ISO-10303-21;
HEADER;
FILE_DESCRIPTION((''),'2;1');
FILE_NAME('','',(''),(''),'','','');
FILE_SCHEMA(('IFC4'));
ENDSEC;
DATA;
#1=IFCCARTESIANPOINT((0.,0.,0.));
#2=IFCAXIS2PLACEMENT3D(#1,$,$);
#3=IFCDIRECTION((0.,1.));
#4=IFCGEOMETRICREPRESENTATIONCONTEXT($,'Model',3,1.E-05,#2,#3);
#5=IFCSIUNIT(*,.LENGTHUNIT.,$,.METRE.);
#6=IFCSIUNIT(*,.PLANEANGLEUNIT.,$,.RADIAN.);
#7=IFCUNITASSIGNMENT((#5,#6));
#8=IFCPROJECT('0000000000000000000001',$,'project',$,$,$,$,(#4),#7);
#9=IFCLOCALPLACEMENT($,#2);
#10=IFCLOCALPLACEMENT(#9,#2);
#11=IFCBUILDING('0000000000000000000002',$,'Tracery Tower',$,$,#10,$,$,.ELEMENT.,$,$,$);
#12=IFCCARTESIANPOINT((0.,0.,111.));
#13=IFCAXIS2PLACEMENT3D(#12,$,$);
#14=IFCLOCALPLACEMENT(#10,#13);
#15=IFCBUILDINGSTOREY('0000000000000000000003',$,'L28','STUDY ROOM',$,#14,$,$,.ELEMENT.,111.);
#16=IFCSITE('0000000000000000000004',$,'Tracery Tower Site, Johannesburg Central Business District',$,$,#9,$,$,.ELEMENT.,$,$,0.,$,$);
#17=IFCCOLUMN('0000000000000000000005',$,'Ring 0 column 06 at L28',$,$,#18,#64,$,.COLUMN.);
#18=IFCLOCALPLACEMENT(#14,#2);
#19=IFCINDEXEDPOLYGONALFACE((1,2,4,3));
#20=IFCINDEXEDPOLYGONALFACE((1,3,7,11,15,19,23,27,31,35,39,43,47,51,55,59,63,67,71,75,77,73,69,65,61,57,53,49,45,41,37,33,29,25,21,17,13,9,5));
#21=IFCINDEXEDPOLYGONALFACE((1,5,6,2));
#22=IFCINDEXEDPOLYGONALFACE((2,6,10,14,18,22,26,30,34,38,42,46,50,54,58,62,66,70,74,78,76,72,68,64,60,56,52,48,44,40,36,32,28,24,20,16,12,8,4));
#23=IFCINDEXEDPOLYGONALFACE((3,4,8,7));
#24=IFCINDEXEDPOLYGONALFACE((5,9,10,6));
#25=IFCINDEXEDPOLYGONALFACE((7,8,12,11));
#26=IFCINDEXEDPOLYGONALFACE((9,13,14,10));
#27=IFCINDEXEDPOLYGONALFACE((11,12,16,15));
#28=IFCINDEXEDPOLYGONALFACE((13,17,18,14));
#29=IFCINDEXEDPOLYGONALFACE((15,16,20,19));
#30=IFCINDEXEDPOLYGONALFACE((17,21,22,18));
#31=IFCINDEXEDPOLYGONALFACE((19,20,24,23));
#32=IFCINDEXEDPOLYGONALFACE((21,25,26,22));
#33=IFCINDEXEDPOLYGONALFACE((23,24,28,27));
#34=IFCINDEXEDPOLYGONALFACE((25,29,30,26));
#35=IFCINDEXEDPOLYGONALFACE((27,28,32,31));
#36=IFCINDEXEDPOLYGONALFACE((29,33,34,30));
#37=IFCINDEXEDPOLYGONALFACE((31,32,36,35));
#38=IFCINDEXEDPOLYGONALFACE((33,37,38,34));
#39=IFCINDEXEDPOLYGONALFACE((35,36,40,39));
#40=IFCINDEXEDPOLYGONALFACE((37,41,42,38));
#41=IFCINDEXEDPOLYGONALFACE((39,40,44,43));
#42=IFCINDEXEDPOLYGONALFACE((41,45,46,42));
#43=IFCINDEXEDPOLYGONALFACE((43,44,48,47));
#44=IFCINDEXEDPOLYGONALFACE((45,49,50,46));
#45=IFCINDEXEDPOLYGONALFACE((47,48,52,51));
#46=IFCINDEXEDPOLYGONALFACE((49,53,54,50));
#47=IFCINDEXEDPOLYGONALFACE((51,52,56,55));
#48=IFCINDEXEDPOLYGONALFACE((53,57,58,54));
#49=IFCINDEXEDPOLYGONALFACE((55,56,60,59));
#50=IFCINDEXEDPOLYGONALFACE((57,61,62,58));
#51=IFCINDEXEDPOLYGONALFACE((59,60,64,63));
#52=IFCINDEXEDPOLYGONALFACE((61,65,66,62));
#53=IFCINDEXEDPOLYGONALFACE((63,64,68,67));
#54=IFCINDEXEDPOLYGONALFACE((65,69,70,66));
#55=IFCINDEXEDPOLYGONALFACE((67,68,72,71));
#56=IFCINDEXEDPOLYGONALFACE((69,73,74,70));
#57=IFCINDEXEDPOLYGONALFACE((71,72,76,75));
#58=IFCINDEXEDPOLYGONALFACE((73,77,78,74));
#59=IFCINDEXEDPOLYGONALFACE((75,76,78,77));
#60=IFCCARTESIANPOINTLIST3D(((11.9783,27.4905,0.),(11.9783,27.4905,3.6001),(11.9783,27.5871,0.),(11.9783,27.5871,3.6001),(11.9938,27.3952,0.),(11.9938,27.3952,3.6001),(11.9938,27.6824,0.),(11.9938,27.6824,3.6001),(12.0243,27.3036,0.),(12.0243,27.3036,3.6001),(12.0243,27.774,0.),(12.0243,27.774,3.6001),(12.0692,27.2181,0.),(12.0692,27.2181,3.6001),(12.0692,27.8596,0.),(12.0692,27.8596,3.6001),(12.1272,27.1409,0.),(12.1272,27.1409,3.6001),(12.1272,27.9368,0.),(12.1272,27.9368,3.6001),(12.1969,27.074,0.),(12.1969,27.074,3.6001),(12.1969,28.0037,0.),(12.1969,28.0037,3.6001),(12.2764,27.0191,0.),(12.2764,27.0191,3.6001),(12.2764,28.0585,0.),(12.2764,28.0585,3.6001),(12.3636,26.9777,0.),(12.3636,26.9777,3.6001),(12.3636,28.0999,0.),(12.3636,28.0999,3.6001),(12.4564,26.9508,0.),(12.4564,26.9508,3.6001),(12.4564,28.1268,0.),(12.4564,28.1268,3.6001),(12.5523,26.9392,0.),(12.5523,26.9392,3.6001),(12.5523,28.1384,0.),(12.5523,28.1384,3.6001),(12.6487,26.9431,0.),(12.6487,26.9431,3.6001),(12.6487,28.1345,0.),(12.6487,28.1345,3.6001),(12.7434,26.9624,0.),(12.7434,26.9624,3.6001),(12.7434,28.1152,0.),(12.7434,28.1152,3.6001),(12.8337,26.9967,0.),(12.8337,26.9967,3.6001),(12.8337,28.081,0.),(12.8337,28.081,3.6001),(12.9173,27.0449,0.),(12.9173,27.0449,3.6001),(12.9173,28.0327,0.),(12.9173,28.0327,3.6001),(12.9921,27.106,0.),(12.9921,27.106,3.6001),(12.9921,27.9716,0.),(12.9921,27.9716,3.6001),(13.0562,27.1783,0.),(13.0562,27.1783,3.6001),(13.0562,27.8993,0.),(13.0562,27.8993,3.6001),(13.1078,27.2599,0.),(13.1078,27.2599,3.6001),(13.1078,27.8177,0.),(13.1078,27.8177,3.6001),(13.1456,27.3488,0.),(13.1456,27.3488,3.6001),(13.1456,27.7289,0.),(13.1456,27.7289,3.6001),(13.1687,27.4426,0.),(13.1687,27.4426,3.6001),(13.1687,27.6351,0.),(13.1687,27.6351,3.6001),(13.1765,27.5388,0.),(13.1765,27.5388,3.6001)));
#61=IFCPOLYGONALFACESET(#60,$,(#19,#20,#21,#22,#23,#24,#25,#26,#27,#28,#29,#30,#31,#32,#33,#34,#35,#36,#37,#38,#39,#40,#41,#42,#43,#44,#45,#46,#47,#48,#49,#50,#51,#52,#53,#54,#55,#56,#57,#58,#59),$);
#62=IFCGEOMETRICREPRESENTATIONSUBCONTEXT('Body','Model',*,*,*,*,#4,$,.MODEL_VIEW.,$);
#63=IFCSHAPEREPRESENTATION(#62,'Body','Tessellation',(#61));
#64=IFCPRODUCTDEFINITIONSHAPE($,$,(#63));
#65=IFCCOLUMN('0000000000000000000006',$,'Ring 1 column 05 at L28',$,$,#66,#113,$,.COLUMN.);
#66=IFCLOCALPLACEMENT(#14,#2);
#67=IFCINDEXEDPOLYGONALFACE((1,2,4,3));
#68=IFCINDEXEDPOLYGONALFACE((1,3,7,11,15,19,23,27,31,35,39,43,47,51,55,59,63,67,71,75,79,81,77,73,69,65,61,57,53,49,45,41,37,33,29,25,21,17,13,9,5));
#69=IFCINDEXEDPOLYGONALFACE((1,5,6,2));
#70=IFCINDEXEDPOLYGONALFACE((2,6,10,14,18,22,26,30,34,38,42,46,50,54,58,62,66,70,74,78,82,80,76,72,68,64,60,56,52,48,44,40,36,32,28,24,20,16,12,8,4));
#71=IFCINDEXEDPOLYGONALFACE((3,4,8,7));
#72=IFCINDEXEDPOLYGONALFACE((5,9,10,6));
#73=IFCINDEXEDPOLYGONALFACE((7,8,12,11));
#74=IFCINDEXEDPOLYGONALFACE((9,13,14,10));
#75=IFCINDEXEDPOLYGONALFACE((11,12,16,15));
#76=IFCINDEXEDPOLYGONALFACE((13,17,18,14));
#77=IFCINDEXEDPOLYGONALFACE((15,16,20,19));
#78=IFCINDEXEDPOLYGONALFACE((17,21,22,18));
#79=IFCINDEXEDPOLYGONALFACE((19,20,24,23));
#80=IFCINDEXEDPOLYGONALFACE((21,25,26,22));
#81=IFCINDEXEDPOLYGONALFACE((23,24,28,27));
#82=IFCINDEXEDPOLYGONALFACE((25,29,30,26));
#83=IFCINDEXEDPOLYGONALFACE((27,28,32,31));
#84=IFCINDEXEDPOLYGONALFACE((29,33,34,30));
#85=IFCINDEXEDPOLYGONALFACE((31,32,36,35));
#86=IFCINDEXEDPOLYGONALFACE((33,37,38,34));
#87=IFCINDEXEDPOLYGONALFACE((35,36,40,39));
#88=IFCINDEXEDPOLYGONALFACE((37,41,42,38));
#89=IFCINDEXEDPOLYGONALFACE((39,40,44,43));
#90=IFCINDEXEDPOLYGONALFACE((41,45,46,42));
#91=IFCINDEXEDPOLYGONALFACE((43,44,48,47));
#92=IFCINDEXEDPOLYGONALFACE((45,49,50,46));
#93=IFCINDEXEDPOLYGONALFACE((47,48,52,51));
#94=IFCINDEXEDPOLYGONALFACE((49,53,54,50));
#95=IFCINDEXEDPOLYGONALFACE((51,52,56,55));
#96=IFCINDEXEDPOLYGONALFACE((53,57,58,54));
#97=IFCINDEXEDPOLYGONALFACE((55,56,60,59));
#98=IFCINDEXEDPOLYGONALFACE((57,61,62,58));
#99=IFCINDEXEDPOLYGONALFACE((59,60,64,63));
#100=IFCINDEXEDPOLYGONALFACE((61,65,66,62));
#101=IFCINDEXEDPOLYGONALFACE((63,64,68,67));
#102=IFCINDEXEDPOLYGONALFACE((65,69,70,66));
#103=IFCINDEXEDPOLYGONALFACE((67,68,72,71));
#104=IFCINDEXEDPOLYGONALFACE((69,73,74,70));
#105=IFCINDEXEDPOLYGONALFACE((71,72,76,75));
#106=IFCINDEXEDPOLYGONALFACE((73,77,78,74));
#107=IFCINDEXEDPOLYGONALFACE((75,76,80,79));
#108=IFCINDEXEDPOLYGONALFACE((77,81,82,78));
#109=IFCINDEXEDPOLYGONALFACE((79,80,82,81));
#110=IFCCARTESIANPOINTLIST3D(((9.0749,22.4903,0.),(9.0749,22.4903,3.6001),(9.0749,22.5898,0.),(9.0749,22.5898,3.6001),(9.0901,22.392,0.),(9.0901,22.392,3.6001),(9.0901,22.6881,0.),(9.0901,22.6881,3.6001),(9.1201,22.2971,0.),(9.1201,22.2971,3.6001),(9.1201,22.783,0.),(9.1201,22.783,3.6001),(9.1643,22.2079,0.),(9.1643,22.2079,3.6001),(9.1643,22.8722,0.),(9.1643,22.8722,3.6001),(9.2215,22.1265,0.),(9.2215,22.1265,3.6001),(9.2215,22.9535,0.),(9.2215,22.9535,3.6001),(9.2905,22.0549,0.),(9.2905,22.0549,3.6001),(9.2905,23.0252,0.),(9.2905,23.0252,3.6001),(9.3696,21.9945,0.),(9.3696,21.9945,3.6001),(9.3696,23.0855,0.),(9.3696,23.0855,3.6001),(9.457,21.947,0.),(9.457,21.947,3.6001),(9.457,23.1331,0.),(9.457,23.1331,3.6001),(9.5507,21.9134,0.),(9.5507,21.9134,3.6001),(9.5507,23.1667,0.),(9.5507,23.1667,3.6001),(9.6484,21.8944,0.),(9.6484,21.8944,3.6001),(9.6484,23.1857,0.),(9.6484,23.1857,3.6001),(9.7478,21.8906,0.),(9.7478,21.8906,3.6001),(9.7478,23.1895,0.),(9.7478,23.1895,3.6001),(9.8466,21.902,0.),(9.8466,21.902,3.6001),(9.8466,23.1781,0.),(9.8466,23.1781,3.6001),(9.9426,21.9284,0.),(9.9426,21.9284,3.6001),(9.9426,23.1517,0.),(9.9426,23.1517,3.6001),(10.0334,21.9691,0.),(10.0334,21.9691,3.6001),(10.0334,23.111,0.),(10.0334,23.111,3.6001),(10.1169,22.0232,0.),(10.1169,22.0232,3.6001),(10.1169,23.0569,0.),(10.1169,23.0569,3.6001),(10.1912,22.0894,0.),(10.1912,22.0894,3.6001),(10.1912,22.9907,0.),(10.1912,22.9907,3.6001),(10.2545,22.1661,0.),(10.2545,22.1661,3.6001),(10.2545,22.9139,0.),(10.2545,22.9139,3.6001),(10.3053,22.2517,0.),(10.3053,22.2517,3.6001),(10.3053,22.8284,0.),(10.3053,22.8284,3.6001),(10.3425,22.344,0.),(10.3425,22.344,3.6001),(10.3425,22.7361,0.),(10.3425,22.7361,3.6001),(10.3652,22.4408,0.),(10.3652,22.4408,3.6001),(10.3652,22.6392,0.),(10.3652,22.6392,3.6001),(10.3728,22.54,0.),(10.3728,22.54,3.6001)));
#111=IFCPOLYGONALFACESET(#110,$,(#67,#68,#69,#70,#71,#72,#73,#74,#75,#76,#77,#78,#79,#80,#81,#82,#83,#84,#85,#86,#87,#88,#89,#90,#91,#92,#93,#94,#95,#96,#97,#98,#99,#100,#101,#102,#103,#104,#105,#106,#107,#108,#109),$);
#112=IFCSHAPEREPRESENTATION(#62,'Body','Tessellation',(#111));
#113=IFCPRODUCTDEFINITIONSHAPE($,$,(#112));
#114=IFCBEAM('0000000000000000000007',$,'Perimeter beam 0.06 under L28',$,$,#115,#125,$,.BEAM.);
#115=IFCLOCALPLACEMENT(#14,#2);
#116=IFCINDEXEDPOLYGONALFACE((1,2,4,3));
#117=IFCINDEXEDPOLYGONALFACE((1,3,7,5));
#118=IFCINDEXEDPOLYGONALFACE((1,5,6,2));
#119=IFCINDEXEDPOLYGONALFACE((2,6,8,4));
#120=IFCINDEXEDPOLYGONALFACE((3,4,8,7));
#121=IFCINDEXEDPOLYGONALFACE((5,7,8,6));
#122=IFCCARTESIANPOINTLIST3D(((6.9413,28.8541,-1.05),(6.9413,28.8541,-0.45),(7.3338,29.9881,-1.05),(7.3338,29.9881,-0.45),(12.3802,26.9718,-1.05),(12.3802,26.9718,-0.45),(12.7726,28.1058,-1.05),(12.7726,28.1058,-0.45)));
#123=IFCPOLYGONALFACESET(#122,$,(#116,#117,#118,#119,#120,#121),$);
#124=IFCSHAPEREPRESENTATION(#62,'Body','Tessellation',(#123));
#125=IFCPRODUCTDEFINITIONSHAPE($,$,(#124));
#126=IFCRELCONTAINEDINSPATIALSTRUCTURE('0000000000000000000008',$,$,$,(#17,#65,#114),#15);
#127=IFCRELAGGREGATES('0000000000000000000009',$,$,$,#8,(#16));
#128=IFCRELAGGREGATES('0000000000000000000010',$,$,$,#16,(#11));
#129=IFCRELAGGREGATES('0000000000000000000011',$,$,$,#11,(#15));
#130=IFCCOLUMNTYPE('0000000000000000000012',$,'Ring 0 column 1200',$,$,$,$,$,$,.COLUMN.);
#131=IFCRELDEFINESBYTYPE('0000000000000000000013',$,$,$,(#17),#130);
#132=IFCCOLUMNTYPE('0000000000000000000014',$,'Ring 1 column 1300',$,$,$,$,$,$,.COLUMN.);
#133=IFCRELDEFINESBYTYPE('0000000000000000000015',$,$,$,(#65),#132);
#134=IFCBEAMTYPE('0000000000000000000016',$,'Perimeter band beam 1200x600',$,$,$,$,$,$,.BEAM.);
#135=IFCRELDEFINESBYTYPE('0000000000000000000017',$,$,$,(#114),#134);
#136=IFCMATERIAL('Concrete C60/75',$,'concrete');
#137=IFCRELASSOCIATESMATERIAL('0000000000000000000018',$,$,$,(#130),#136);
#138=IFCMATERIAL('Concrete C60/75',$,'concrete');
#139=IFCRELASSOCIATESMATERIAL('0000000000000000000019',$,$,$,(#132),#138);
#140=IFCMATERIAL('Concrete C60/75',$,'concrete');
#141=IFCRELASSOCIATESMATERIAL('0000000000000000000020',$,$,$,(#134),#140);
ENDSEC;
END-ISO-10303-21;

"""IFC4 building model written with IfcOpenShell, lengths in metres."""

from ifc_helpers import new_model, si_unit, direction, frame, origin, origin_2d, place, context, subcontext, project, spatial, rectangle, circle, extrude, material, material_profile, profile_set, type_object, element, save


model = new_model("IFC4")

# Units and contexts
model_context = context("Model", 3, precision=1e-05, world=origin(), true_north=direction((0.0, 1.0)))
body_context = subcontext(model_context, "Body", "Model", "MODEL_VIEW")
ifc_project = project(units=[si_unit("LENGTHUNIT", "METRE"), si_unit("PLANEANGLEUNIT", "RADIAN")], contexts=[model_context])

# Site, building, storey
site_placement = place(None, origin())
site = spatial("IfcSite", under=ifc_project, at=site_placement, Name="Tracery Tower Site, Johannesburg Central Business District", CompositionType="ELEMENT", RefElevation=0.0)
building_placement = place(site_placement, origin())
building = spatial("IfcBuilding", under=site, at=building_placement, Name="Tracery Tower", CompositionType="ELEMENT")
storey_placement = place(building_placement, frame((0.0, 0.0, 111.0)))
storey = spatial("IfcBuildingStorey", under=building, at=storey_placement, Name="L28", Description="STUDY ROOM", CompositionType="ELEMENT", Elevation=111.0)

# Columns
ifc_material_1 = material(Name="Concrete C60/75", Category="concrete")
ifc_material_profile_1 = material_profile(ifc_material_1, circle(Radius=0.6001, at=origin_2d()), Name="RC D1200")
ifc_profile_set_1 = profile_set([ifc_material_profile_1], Name="Concrete C60/75")
column_type_1 = type_object("IfcColumnType", Name="Ring 0 column 1200", PredefinedType="COLUMN", material=ifc_profile_set_1)
column_1_placement = place(storey_placement, frame((12.5764, 27.5388, 0.0), z_axis=(0.0, 0.0, 1.0), x_axis=(1.0, 0.0, 0.0)))
element("IfcColumn", 1, at=column_1_placement, inside=storey, type_object=column_type_1, Name="Ring 0 column 06 at L28", PredefinedType="COLUMN", context=body_context, shape_type="SweptSolid", body=[
    extrude(circle(Radius=0.6001, at=origin_2d()), origin(), (0.0, 0.0, 1.0), 3.6001),
])
ifc_material_2 = material(Name="Concrete C60/75", Category="concrete")
ifc_material_profile_2 = material_profile(ifc_material_2, circle(Radius=0.6499, at=origin_2d()), Name="RC D1300")
ifc_profile_set_2 = profile_set([ifc_material_profile_2], Name="Concrete C60/75")
column_type_2 = type_object("IfcColumnType", Name="Ring 1 column 1300", PredefinedType="COLUMN", material=ifc_profile_set_2)
column_2_placement = place(storey_placement, frame((9.7229, 22.54, 0.0), z_axis=(0.0, 0.0, 1.0), x_axis=(1.0, 0.0, 0.0)))
element("IfcColumn", 2, at=column_2_placement, inside=storey, type_object=column_type_2, Name="Ring 1 column 05 at L28", PredefinedType="COLUMN", context=body_context, shape_type="SweptSolid", body=[
    extrude(circle(Radius=0.6499, at=origin_2d()), origin(), (0.0, 0.0, 1.0), 3.6001),
])

# Beam
ifc_material_3 = material(Name="Concrete C60/75", Category="concrete")
ifc_material_profile_3 = material_profile(ifc_material_3, rectangle(XDim=1.2, YDim=0.6001, at=origin_2d()), Name="RC 1200x600")
ifc_profile_set_3 = profile_set([ifc_material_profile_3], Name="Concrete C60/75")
beam_type = type_object("IfcBeamType", Name="Perimeter band beam 1200x600", PredefinedType="BEAM", material=ifc_profile_set_3)
beam_placement = place(storey_placement, frame((12.5764, 27.5388, -0.75), z_axis=(-0.945007, 0.327049, 0.0), x_axis=(-0.327049, -0.945007, 0.0)))
element("IfcBeam", 3, at=beam_placement, inside=storey, type_object=beam_type, Name="Perimeter beam 0.06 under L28", PredefinedType="BEAM", context=body_context, shape_type="SweptSolid", body=[
    extrude(rectangle(XDim=1.2, YDim=0.6001, at=origin_2d()), origin(), (0.0, 0.0, 1.0), 5.7554),
])

save(model, "model.ifc")
